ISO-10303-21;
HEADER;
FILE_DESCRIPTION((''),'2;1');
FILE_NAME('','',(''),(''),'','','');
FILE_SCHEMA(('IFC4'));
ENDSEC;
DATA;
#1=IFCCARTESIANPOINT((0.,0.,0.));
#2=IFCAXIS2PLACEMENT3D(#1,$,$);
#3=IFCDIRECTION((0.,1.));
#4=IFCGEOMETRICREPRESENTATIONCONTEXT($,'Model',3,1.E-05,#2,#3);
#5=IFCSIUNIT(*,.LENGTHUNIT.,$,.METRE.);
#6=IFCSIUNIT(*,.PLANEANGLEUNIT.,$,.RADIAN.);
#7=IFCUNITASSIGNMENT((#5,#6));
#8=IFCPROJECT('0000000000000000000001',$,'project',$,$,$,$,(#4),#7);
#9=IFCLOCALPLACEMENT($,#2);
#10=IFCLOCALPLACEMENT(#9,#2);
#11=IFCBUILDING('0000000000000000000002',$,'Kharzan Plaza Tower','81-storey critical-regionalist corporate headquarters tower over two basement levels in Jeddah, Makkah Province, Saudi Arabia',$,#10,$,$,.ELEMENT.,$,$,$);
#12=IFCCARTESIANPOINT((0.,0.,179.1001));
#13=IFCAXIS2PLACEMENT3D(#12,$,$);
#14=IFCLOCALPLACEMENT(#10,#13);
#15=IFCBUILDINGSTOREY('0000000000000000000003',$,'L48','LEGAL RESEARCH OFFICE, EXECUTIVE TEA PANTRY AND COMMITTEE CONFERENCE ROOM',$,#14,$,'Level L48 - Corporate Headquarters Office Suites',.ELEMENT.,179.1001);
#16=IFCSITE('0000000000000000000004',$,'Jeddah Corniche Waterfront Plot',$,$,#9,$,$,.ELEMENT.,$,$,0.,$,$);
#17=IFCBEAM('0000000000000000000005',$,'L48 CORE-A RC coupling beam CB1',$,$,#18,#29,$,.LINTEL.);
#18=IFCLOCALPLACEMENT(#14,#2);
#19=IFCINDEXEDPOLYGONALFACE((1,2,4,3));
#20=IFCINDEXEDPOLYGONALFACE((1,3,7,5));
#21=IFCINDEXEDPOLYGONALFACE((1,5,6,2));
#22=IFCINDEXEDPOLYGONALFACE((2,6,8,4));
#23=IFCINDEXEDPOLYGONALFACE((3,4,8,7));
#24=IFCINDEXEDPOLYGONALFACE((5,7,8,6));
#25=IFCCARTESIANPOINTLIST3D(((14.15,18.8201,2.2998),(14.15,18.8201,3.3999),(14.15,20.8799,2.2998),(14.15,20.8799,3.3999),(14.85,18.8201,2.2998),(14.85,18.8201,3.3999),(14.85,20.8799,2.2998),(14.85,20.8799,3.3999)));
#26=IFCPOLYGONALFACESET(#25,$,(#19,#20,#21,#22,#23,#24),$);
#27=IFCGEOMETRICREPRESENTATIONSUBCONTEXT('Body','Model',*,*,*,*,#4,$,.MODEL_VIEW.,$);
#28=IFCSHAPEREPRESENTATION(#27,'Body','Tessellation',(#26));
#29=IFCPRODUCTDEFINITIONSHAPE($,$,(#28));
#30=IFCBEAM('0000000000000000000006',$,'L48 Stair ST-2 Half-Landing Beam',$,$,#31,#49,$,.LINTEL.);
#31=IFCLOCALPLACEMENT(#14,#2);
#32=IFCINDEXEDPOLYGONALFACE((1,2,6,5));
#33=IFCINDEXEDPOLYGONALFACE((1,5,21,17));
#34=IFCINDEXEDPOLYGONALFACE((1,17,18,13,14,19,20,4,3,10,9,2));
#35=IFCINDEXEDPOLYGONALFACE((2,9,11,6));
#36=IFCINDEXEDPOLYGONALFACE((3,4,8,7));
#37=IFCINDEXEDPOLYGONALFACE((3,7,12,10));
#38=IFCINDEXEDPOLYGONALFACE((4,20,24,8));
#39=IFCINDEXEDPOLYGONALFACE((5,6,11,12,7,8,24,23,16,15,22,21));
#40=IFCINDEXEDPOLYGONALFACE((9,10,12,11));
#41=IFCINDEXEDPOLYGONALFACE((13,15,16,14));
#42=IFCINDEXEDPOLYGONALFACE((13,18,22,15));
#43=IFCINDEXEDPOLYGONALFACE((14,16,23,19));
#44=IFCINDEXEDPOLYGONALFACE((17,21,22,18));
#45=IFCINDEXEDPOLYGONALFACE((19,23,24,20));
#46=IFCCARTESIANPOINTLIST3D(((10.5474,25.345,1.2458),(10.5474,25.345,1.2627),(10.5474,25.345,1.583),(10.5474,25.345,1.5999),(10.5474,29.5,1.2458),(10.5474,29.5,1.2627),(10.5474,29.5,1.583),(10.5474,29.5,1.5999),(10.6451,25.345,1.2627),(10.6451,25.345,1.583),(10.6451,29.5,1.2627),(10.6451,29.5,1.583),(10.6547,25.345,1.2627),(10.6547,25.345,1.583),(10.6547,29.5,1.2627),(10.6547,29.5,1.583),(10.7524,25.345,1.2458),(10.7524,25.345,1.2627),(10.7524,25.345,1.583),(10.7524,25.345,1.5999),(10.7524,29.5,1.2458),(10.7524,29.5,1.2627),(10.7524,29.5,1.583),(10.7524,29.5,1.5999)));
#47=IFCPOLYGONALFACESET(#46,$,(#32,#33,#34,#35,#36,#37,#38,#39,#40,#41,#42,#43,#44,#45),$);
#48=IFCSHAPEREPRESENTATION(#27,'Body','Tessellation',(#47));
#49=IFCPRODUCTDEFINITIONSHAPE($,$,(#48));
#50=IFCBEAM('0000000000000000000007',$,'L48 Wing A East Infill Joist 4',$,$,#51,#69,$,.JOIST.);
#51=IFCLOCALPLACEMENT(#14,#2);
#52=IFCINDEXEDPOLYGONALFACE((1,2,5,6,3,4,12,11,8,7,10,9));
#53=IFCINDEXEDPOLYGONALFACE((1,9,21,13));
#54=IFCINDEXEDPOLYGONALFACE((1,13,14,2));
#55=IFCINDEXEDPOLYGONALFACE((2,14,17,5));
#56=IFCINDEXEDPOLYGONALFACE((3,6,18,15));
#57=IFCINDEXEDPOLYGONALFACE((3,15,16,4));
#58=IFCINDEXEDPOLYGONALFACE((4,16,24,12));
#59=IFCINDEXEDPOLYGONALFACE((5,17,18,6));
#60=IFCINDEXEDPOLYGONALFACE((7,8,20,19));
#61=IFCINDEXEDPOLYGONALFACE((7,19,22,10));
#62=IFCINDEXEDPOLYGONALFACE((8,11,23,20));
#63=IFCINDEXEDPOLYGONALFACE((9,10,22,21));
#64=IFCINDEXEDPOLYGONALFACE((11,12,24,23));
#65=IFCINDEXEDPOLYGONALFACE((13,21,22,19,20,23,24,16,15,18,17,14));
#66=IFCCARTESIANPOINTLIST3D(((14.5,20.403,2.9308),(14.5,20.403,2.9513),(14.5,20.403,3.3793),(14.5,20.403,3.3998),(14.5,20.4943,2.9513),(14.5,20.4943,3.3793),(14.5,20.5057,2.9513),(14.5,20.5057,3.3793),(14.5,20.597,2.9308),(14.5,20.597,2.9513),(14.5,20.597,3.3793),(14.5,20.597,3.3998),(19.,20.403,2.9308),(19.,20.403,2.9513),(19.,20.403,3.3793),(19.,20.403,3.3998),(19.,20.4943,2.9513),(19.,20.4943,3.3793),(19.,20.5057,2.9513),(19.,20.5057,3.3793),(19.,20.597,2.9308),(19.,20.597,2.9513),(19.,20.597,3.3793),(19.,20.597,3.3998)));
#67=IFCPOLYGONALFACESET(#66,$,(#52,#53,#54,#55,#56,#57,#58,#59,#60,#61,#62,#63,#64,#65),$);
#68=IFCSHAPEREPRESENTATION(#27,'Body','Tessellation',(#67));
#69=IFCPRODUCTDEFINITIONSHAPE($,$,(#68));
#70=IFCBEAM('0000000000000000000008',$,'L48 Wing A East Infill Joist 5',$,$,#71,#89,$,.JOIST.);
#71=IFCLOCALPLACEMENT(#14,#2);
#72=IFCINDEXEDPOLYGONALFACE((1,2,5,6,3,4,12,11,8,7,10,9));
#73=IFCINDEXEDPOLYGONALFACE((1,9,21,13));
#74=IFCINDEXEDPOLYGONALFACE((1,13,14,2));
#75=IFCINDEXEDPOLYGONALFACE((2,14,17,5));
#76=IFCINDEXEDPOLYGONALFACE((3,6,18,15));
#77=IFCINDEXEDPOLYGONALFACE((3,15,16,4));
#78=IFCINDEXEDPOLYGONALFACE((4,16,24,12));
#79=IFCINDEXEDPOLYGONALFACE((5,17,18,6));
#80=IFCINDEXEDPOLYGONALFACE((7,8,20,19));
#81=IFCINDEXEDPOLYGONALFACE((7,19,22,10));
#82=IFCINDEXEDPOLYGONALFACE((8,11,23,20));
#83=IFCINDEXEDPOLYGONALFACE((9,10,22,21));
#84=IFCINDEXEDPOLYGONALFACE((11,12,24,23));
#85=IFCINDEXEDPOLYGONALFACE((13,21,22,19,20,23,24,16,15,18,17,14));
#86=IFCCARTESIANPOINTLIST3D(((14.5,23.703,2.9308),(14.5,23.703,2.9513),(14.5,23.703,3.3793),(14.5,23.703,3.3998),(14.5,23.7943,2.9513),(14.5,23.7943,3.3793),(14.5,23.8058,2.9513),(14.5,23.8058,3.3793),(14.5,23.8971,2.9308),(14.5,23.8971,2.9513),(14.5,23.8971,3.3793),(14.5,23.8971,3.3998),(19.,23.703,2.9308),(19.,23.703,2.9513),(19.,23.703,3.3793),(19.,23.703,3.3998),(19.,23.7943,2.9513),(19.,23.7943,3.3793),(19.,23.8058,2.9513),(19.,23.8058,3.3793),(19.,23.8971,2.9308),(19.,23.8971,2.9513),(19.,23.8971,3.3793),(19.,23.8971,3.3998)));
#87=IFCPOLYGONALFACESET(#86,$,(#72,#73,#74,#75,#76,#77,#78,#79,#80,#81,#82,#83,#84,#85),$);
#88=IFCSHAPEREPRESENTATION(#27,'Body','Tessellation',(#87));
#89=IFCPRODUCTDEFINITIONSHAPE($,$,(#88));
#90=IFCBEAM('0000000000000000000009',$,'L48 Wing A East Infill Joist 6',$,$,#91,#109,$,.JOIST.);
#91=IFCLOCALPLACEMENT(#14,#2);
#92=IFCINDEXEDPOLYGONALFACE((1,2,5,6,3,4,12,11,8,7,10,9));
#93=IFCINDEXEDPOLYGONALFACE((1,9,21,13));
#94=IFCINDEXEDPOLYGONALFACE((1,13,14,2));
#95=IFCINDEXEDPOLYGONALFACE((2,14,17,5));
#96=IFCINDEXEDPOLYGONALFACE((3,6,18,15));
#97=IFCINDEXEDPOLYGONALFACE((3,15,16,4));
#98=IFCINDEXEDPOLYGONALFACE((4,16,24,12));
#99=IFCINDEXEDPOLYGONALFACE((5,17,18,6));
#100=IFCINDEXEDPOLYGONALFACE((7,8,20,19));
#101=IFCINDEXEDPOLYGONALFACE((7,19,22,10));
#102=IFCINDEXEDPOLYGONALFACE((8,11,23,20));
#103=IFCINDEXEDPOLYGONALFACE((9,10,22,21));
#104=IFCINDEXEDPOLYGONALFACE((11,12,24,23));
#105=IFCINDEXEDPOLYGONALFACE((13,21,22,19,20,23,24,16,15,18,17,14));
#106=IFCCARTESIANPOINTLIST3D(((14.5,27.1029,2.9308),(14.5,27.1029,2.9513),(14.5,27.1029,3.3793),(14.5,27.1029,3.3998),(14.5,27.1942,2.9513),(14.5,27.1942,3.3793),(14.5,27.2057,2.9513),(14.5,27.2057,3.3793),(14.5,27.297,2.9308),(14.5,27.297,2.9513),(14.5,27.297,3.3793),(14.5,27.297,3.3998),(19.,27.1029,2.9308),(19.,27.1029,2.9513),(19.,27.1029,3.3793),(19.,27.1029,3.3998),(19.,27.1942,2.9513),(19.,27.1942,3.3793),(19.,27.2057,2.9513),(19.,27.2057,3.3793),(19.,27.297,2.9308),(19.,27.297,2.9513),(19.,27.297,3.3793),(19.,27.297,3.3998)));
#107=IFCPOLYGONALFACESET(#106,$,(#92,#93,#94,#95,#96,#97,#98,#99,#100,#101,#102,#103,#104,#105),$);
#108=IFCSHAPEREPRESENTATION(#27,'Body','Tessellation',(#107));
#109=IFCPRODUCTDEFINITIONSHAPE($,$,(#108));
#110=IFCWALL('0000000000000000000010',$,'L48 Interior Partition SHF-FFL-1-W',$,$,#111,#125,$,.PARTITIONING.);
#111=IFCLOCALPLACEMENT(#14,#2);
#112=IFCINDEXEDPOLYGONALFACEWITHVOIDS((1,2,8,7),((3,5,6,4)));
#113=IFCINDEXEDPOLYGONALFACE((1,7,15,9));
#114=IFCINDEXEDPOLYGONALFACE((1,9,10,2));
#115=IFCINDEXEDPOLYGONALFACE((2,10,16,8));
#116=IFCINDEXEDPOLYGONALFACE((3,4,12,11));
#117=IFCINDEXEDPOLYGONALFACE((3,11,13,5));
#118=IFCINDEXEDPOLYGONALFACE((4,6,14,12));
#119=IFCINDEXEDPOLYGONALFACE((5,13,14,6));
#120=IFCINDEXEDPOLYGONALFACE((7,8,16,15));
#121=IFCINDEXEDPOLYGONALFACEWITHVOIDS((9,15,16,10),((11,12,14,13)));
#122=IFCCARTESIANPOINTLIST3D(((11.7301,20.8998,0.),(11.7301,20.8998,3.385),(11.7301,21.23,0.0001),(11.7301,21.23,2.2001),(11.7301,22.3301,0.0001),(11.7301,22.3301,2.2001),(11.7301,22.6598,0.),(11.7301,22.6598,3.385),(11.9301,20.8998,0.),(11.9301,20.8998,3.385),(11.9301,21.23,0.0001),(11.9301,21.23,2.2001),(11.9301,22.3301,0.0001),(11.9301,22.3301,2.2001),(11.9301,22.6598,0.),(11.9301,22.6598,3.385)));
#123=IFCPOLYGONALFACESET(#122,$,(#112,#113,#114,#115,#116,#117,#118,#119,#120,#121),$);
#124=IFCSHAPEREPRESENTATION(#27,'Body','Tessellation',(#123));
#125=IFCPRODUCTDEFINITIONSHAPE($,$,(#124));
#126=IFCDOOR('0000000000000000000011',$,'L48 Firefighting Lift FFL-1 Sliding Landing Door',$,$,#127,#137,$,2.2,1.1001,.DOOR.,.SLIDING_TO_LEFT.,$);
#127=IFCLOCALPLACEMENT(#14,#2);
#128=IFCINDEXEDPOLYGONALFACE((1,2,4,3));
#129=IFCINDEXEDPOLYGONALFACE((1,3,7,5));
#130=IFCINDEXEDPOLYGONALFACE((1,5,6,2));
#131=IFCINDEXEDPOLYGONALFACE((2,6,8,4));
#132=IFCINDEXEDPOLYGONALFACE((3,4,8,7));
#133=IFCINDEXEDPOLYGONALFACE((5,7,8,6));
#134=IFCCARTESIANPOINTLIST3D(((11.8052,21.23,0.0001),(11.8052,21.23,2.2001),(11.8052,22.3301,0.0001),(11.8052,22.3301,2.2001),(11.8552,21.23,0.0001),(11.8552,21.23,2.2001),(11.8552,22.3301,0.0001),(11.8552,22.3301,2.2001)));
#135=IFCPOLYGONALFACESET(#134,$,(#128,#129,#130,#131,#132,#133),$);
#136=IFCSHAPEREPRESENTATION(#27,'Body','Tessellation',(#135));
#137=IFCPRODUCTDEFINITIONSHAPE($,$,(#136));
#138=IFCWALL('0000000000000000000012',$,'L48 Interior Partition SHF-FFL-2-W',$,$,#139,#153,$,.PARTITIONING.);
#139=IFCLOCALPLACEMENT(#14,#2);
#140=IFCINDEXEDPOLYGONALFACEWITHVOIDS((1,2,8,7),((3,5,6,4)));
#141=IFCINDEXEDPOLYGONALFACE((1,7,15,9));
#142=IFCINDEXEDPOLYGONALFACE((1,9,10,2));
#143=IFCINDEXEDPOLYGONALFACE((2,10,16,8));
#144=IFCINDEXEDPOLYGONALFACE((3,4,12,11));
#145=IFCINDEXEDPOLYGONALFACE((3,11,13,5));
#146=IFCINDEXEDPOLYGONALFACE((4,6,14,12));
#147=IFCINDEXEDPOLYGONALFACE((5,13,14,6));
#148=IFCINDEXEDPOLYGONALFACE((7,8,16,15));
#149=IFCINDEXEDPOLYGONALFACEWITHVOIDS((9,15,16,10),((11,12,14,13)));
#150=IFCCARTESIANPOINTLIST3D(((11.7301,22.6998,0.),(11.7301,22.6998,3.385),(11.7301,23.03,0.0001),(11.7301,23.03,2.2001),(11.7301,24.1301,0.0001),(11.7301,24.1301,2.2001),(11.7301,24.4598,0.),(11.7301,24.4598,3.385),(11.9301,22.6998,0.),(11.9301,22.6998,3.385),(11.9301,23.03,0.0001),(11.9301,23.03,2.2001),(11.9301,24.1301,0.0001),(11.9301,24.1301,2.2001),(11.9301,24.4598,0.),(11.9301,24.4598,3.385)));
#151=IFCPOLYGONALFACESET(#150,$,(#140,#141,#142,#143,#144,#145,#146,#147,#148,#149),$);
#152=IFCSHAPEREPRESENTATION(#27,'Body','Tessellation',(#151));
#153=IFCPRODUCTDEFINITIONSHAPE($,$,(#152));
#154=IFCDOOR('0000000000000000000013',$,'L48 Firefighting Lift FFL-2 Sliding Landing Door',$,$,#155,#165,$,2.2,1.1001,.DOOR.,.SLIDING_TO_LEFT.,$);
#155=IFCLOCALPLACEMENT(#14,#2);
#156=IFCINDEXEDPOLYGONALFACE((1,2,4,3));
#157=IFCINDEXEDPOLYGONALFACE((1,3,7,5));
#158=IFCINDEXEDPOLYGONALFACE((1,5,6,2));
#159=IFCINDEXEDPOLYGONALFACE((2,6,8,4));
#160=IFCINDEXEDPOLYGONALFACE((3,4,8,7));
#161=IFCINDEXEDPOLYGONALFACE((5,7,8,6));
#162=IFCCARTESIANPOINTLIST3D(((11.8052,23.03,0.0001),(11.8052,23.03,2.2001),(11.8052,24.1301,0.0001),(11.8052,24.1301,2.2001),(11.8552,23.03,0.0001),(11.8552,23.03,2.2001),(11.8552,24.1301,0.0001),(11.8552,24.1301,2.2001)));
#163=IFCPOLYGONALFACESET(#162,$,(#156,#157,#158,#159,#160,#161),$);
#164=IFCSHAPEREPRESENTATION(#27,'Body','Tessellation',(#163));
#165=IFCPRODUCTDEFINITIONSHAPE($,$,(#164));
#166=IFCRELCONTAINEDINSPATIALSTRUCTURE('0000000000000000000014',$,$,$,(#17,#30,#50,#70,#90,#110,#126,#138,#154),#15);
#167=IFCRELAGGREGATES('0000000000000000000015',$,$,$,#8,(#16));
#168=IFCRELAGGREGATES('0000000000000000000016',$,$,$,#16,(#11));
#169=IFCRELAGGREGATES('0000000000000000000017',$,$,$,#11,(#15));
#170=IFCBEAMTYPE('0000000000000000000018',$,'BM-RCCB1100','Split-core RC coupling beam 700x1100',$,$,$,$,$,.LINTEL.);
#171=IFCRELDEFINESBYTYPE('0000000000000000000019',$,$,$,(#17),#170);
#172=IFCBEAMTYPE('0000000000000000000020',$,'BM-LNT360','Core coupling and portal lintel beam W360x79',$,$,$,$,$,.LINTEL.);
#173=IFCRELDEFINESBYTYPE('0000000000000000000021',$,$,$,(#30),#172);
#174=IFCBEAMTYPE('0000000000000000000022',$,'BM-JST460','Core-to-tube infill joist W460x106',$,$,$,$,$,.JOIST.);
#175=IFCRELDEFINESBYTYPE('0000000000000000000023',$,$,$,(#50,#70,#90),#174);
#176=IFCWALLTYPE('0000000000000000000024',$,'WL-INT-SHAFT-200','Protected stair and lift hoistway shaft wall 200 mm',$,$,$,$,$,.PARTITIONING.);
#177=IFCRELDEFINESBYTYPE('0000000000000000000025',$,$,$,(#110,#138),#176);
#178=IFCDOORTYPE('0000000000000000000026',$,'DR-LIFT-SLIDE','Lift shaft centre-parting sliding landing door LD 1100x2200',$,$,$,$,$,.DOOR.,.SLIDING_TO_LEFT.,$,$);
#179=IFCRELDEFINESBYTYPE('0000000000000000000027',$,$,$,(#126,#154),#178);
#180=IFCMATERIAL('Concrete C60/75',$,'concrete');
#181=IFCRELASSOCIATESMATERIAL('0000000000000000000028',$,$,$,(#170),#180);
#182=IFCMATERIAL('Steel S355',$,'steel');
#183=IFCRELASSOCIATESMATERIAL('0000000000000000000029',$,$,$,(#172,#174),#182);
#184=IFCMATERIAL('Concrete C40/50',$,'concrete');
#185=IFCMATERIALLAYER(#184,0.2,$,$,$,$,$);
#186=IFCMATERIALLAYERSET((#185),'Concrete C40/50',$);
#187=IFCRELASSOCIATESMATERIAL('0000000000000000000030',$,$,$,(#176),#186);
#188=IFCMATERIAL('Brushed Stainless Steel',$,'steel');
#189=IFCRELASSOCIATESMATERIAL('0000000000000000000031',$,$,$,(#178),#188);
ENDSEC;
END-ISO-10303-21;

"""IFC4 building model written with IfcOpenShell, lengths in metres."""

from ifc_helpers import new_model, si_unit, direction, frame, frame_2d, origin, origin_2d, place, context, subcontext, project, spatial, rectangle, i_section, extrude, source, transform, mapped, material, layer, layer_set, material_profile, profile_set, type_object, element, fill, save


model = new_model("IFC4")

# Units and contexts
model_context = context("Model", 3, precision=1e-05, world=origin(), true_north=direction((0.0, 1.0)))
body_context = subcontext(model_context, "Body", "Model", "MODEL_VIEW")
ifc_project = project(units=[si_unit("LENGTHUNIT", "METRE"), si_unit("PLANEANGLEUNIT", "RADIAN")], contexts=[model_context])

# Site, building, storey
site_placement = place(None, origin())
site = spatial("IfcSite", under=ifc_project, at=site_placement, Name="Jeddah Corniche Waterfront Plot", CompositionType="ELEMENT", RefElevation=0.0)
building_placement = place(site_placement, origin())
building = spatial("IfcBuilding", under=site, at=building_placement, Name="Kharzan Plaza Tower", Description="81-storey critical-regionalist corporate headquarters tower over two basement levels in Jeddah, Makkah Province, Saudi Arabia", CompositionType="ELEMENT")
storey_placement = place(building_placement, frame((0.0, 0.0, 179.1001)))
storey = spatial("IfcBuildingStorey", under=building, at=storey_placement, Name="L48", Description="LEGAL RESEARCH OFFICE, EXECUTIVE TEA PANTRY AND COMMITTEE CONFERENCE ROOM", LongName="Level L48 - Corporate Headquarters Office Suites", CompositionType="ELEMENT", Elevation=179.1001)

# Beams
ifc_material_1 = material(Name="Concrete C60/75", Category="concrete")
ifc_material_profile_1 = material_profile(ifc_material_1, rectangle(XDim=0.7, YDim=1.1001, at=origin_2d()), Name="RC-CB1100x700")
ifc_profile_set_1 = profile_set([ifc_material_profile_1], Name="Concrete C60/75")
beam_type_1 = type_object("IfcBeamType", Name="BM-RCCB1100", Description="Split-core RC coupling beam 700x1100", PredefinedType="LINTEL", material=ifc_profile_set_1)
shared_shape_1 = source(origin(), body_context, "Body", "SweptSolid", [
    extrude(rectangle(XDim=0.7, YDim=1.1001, at=origin_2d()), origin(), (0.0, 0.0, 1.0), 2.0598),
])
beam_1_placement = place(storey_placement, frame((14.5, 18.8201, 2.8499), z_axis=(0.0, 1.0, 0.0), x_axis=(-1.0, 0.0, 0.0)))
element("IfcBeam", 1, at=beam_1_placement, inside=storey, type_object=beam_type_1, Name="L48 CORE-A RC coupling beam CB1", PredefinedType="LINTEL", context=body_context, shape_type="MappedRepresentation", body=[
    mapped(shared_shape_1, transform((0.0, 0.0, 0.0), x_axis=(1.0, 0.0, 0.0), y_axis=(0.0, 1.0, 0.0), z_axis=(0.0, 0.0, 1.0))),
])
ifc_material_2 = material(Name="Steel S355", Category="steel")
ifc_material_profile_2 = material_profile(ifc_material_2, i_section(OverallWidth=0.2051, OverallDepth=0.354, WebThickness=0.0095, FlangeThickness=0.0168, at=origin_2d()), Name="W360x79")
ifc_profile_set_2 = profile_set([ifc_material_profile_2], Name="Steel S355")
beam_type_2 = type_object("IfcBeamType", Name="BM-LNT360", Description="Core coupling and portal lintel beam W360x79", PredefinedType="LINTEL", material=ifc_profile_set_2)
shared_shape_2 = source(origin(), body_context, "Body", "SweptSolid", [
    extrude(i_section(OverallWidth=0.2051, OverallDepth=0.354, WebThickness=0.0095, FlangeThickness=0.0168, at=origin_2d()), origin(), (0.0, 0.0, 1.0), 4.155),
])
beam_2_placement = place(storey_placement, frame((10.6499, 25.345, 1.4229), z_axis=(0.0, 1.0, 0.0), x_axis=(-1.0, 0.0, 0.0)))
element("IfcBeam", 2, at=beam_2_placement, inside=storey, type_object=beam_type_2, Name="L48 Stair ST-2 Half-Landing Beam", PredefinedType="LINTEL", context=body_context, shape_type="MappedRepresentation", body=[
    mapped(shared_shape_2, transform((0.0, 0.0, 0.0), x_axis=(1.0, 0.0, 0.0), y_axis=(0.0, 1.0, 0.0), z_axis=(0.0, 0.0, 1.0))),
])
ifc_material_profile_3 = material_profile(ifc_material_2, i_section(OverallWidth=0.1941, OverallDepth=0.469, WebThickness=0.0115, FlangeThickness=0.0205, at=origin_2d()), Name="W460x106")
ifc_profile_set_3 = profile_set([ifc_material_profile_3], Name="Steel S355")
beam_type_3 = type_object("IfcBeamType", Name="BM-JST460", Description="Core-to-tube infill joist W460x106", PredefinedType="JOIST", material=ifc_profile_set_3)
shared_shape_3 = source(origin(), body_context, "Body", "SweptSolid", [
    extrude(i_section(OverallWidth=0.1941, OverallDepth=0.469, WebThickness=0.0115, FlangeThickness=0.0205, at=origin_2d()), origin(), (0.0, 0.0, 1.0), 4.5),
])
for number, where, z_axis, x_axis, name in (
    (3, (14.5, 20.5, 3.1653), (1.0, 0.0, 0.0), (0.0, 1.0, 0.0), "L48 Wing A East Infill Joist 4"),
    (4, (14.5, 23.8, 3.1653), (1.0, 0.0, 0.0), (0.0, 1.0, 0.0), "L48 Wing A East Infill Joist 5"),
    (5, (14.5, 27.2, 3.1653), (1.0, 0.0, 0.0), (0.0, 1.0, 0.0), "L48 Wing A East Infill Joist 6"),
):
    element("IfcBeam", number, at=place(storey_placement, frame(where, z_axis=z_axis, x_axis=x_axis)), inside=storey, type_object=beam_type_3, Name=name, PredefinedType="JOIST", context=body_context, shape_type="MappedRepresentation", body=[
        mapped(shared_shape_3, transform((0.0, 0.0, 0.0), x_axis=(1.0, 0.0, 0.0), y_axis=(0.0, 1.0, 0.0), z_axis=(0.0, 0.0, 1.0))),
    ])

# Walls, openings, doors
ifc_material_3 = material(Name="Concrete C40/50", Category="concrete")
ifc_layer_1 = layer(ifc_material_3, 0.2)
ifc_layer_set_1 = layer_set([ifc_layer_1], Name="Concrete C40/50")
wall_type_1 = type_object("IfcWallType", Name="WL-INT-SHAFT-200", Description="Protected stair and lift hoistway shaft wall 200 mm", PredefinedType="PARTITIONING", material=ifc_layer_set_1)
wall_1_placement = place(storey_placement, frame((11.8301, 20.8999, 0.0), z_axis=(0.0, 0.0, 1.0), x_axis=(0.0, 1.0, 0.0)))
wall_1 = element("IfcWall", 6, at=wall_1_placement, inside=storey, type_object=wall_type_1, Name="L48 Interior Partition SHF-FFL-1-W", PredefinedType="PARTITIONING", context=body_context, shape_type="SweptSolid", body=[
    extrude(rectangle(XDim=1.76, YDim=0.2, at=frame_2d((0.8799, 0.0))), origin(), (0.0, 0.0, 1.0), 3.385),
])
opening_1_placement = place(wall_1_placement, frame((0.3301, 0.0, 0.0)))
opening_1 = element("IfcOpeningElement", 7, at=opening_1_placement, cuts=wall_1, PredefinedType="OPENING", context=body_context, shape_type="SweptSolid", body=[
    extrude(rectangle(XDim=1.1001, YDim=2.2, at=frame_2d((0.55, 1.1001))), frame((0.0, 0.1099, 0.0), z_axis=(0.0, -1.0, 0.0), x_axis=(1.0, 0.0, 0.0)), (0.0, 0.0, 1.0), 0.22),
])
ifc_material_4 = material(Name="Brushed Stainless Steel", Category="steel")
door_type_1 = type_object("IfcDoorType", Name="DR-LIFT-SLIDE", Description="Lift shaft centre-parting sliding landing door LD 1100x2200", OperationType="SLIDING_TO_LEFT", PredefinedType="DOOR", material=ifc_material_4)
shared_shape_4 = source(origin(), body_context, "Body", "SweptSolid", [
    extrude(rectangle(XDim=1.1001, YDim=2.2, at=frame_2d((0.55, 1.1001))), frame((0.0, 0.0249, 0.0), z_axis=(0.0, -1.0, 0.0), x_axis=(1.0, 0.0, 0.0)), (0.0, 0.0, 1.0), 0.05),
])
door_1_placement = place(opening_1_placement, origin())
door_1 = element("IfcDoor", 8, at=door_1_placement, inside=storey, type_object=door_type_1, Name="L48 Firefighting Lift FFL-1 Sliding Landing Door", OperationType="SLIDING_TO_LEFT", OverallHeight=2.2, OverallWidth=1.1001, PredefinedType="DOOR", context=body_context, shape_type="MappedRepresentation", body=[
    mapped(shared_shape_4, transform((0.0, 0.0, 0.0), x_axis=(1.0, 0.0, 0.0), y_axis=(0.0, 1.0, 0.0), z_axis=(0.0, 0.0, 1.0))),
])
fill(opening_1, door_1)
wall_2_placement = place(storey_placement, frame((11.8301, 22.7, 0.0), z_axis=(0.0, 0.0, 1.0), x_axis=(0.0, 1.0, 0.0)))
wall_2 = element("IfcWall", 9, at=wall_2_placement, inside=storey, type_object=wall_type_1, Name="L48 Interior Partition SHF-FFL-2-W", PredefinedType="PARTITIONING", context=body_context, shape_type="SweptSolid", body=[
    extrude(rectangle(XDim=1.76, YDim=0.2, at=frame_2d((0.8799, 0.0))), origin(), (0.0, 0.0, 1.0), 3.385),
])
opening_2_placement = place(wall_2_placement, frame((0.3301, 0.0, 0.0)))
opening_2 = element("IfcOpeningElement", 10, at=opening_2_placement, cuts=wall_2, PredefinedType="OPENING", context=body_context, shape_type="SweptSolid", body=[
    extrude(rectangle(XDim=1.1001, YDim=2.2, at=frame_2d((0.55, 1.1001))), frame((0.0, 0.1099, 0.0), z_axis=(0.0, -1.0, 0.0), x_axis=(1.0, 0.0, 0.0)), (0.0, 0.0, 1.0), 0.22),
])
door_2_placement = place(opening_2_placement, origin())
door_2 = element("IfcDoor", 11, at=door_2_placement, inside=storey, type_object=door_type_1, Name="L48 Firefighting Lift FFL-2 Sliding Landing Door", OperationType="SLIDING_TO_LEFT", OverallHeight=2.2, OverallWidth=1.1001, PredefinedType="DOOR", context=body_context, shape_type="MappedRepresentation", body=[
    mapped(shared_shape_4, transform((0.0, 0.0, 0.0), x_axis=(1.0, 0.0, 0.0), y_axis=(0.0, 1.0, 0.0), z_axis=(0.0, 0.0, 1.0))),
])
fill(opening_2, door_2)

save(model, "model.ifc")
